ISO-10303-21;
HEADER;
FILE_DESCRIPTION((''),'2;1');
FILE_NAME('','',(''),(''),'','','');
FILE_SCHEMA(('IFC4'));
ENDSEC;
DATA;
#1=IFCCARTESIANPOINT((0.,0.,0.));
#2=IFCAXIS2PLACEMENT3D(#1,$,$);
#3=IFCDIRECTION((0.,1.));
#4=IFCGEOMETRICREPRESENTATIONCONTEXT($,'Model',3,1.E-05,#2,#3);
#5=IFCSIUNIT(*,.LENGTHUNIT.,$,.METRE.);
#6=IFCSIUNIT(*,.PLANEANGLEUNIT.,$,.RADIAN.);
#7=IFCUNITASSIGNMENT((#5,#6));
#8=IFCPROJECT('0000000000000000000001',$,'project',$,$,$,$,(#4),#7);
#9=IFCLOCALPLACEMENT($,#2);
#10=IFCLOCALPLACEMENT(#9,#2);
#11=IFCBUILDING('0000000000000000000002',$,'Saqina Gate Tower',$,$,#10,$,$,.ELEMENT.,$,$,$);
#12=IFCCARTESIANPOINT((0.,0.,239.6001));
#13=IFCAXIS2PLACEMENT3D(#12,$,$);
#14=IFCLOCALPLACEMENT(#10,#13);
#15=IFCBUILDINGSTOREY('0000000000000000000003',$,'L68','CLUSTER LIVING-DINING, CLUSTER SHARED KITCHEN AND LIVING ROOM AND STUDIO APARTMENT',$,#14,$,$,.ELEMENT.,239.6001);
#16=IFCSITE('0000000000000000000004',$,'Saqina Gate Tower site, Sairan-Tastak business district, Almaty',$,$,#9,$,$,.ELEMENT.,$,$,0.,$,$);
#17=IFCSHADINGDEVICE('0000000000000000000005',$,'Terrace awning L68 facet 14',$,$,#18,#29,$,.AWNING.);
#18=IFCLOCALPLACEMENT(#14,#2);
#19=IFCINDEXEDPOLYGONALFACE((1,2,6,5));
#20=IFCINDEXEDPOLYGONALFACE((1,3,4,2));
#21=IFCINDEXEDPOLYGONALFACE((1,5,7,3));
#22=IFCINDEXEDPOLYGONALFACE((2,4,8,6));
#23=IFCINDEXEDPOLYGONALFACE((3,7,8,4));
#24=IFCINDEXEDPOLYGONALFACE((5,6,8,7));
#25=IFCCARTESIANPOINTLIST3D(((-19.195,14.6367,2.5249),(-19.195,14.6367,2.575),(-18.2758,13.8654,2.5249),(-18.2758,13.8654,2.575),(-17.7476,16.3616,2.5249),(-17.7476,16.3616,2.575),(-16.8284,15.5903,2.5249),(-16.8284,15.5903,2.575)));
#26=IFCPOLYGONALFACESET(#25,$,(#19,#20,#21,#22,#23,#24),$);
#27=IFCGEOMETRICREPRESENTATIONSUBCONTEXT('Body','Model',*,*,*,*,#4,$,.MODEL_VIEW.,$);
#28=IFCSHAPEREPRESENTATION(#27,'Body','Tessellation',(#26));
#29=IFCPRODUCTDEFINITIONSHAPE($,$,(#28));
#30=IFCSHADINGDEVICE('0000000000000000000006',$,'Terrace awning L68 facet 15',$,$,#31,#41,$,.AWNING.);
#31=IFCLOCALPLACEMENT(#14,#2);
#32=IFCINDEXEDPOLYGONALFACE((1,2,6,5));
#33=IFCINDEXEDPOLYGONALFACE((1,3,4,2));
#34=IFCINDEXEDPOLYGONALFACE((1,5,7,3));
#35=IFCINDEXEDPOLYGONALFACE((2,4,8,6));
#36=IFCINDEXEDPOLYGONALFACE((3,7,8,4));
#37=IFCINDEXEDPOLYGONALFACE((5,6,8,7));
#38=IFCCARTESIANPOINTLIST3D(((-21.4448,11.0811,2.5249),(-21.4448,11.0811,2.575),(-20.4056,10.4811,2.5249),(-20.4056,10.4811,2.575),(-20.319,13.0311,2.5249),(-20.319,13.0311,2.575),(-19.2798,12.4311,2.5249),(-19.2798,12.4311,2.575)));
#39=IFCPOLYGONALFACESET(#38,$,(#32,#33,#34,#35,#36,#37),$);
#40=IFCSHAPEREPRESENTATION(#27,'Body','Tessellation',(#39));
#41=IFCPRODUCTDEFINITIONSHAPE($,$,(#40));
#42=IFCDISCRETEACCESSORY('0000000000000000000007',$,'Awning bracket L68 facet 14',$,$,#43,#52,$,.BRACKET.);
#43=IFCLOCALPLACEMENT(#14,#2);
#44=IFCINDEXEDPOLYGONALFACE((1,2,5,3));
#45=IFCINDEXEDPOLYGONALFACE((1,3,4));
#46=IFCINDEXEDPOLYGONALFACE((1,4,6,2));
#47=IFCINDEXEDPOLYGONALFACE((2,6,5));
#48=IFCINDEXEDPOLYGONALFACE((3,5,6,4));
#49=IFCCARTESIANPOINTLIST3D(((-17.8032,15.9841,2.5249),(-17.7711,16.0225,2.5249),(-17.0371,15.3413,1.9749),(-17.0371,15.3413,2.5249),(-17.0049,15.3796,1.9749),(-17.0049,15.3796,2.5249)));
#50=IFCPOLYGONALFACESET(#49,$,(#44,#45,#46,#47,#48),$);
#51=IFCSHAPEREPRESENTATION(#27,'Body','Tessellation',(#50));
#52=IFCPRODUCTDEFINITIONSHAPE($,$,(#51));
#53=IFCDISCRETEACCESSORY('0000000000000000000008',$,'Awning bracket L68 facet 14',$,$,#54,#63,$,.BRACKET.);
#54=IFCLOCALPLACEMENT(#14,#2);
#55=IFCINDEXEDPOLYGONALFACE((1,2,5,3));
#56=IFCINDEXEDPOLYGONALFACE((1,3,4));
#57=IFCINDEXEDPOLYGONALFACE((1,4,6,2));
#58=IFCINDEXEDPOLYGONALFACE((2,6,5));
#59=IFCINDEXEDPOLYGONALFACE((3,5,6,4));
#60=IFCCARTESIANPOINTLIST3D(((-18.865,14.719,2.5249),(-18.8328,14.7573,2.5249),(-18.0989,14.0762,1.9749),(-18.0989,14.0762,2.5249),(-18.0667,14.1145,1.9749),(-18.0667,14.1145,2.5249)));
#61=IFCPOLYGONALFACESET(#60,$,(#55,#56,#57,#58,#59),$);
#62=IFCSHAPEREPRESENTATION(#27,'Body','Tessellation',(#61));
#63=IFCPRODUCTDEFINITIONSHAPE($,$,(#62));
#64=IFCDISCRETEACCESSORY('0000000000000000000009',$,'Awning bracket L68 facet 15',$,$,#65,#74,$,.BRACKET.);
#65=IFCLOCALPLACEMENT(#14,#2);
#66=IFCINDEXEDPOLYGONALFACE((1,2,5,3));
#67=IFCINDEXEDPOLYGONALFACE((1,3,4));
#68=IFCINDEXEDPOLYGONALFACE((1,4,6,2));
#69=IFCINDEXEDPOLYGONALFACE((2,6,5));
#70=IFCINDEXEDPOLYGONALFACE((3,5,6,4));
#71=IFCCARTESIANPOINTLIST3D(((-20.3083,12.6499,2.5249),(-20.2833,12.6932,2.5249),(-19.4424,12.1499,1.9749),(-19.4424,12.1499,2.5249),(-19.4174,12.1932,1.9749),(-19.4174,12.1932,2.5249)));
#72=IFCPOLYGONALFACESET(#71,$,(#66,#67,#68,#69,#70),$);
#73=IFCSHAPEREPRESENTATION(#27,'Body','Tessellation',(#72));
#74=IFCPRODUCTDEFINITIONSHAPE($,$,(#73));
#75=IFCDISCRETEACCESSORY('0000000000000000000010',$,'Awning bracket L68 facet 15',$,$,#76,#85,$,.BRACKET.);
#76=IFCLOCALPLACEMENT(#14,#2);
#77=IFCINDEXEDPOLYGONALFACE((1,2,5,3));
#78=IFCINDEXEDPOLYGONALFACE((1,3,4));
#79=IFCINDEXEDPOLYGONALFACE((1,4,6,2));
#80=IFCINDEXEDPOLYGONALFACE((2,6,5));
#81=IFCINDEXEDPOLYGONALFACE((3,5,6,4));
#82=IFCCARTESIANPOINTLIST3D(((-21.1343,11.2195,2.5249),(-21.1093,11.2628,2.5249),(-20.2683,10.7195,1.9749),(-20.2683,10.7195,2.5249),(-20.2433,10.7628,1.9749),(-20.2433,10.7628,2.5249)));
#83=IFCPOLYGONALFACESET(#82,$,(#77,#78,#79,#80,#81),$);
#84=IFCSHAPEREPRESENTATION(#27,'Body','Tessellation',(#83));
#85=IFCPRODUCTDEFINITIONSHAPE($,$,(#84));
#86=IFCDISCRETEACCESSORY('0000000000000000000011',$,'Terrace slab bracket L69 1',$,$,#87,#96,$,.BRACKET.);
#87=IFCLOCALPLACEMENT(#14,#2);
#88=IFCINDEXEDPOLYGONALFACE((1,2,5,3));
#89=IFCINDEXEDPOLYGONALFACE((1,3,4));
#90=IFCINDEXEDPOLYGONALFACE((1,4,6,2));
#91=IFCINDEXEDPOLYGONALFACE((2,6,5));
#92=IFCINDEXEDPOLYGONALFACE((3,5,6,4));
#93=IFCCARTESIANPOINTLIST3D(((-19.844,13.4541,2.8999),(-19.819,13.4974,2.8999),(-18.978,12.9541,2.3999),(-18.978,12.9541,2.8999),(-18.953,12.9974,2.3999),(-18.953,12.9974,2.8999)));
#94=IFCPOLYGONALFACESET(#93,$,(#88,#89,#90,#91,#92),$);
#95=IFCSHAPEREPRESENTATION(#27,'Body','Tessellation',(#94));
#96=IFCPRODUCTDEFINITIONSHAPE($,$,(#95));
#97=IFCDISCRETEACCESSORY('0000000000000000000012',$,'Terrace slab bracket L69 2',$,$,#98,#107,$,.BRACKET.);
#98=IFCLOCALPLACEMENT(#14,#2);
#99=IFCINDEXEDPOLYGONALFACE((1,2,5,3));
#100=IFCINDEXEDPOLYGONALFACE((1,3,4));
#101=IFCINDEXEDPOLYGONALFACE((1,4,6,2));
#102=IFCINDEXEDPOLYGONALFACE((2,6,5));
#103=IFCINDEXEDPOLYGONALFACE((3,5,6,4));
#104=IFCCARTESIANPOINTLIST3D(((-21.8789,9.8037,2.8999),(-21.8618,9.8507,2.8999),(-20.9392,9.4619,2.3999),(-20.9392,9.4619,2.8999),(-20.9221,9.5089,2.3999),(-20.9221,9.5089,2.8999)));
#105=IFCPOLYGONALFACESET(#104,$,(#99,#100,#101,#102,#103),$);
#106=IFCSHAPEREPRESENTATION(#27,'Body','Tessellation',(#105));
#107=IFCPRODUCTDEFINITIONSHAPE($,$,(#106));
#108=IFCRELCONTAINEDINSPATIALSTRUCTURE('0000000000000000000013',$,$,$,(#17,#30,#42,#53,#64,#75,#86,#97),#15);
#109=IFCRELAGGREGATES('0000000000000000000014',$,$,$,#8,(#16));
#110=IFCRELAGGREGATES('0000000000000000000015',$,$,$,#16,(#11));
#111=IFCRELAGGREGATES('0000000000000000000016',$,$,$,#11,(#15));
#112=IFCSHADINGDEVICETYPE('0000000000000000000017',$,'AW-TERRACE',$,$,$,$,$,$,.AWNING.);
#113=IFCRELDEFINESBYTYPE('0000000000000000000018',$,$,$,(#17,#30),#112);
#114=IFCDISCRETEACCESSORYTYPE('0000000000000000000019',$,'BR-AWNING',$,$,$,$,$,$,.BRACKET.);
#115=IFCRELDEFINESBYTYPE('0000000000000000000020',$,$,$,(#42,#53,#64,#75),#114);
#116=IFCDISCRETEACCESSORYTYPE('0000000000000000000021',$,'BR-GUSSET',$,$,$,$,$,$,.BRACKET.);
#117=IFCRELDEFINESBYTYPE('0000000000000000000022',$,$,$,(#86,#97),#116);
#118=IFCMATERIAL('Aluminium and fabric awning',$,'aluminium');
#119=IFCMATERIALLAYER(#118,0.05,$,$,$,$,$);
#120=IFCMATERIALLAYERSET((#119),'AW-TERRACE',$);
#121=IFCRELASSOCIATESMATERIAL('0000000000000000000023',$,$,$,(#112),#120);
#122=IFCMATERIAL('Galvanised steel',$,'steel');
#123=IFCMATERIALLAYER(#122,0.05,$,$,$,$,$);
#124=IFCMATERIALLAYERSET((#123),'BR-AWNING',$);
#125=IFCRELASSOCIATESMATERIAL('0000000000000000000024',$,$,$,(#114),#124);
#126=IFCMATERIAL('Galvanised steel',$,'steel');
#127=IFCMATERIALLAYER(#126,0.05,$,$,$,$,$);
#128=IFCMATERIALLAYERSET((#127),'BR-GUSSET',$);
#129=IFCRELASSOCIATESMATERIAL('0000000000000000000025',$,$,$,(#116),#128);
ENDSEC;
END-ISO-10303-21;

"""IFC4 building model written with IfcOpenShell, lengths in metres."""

from ifc_helpers import new_model, si_unit, direction, frame, origin, origin_2d, place, context, subcontext, project, spatial, polyline, rectangle, outline, extrude, material, layer, layer_set, type_object, element, save


model = new_model("IFC4")

# Units and contexts
model_context = context("Model", 3, precision=1e-05, world=origin(), true_north=direction((0.0, 1.0)))
body_context = subcontext(model_context, "Body", "Model", "MODEL_VIEW")
ifc_project = project(units=[si_unit("LENGTHUNIT", "METRE"), si_unit("PLANEANGLEUNIT", "RADIAN")], contexts=[model_context])

# Site, building, storey
site_placement = place(None, origin())
site = spatial("IfcSite", under=ifc_project, at=site_placement, Name="Saqina Gate Tower site, Sairan-Tastak business district, Almaty", CompositionType="ELEMENT", RefElevation=0.0)
building_placement = place(site_placement, origin())
building = spatial("IfcBuilding", under=site, at=building_placement, Name="Saqina Gate Tower", CompositionType="ELEMENT")
storey_placement = place(building_placement, frame((0.0, 0.0, 239.6001)))
storey = spatial("IfcBuildingStorey", under=building, at=storey_placement, Name="L68", Description="CLUSTER LIVING-DINING, CLUSTER SHARED KITCHEN AND LIVING ROOM AND STUDIO APARTMENT", CompositionType="ELEMENT", Elevation=239.6001)

# Shading devices
ifc_material_1 = material(Name="Aluminium and fabric awning", Category="aluminium")
ifc_layer_1 = layer(ifc_material_1, 0.05)
ifc_layer_set_1 = layer_set([ifc_layer_1], Name="AW-TERRACE")
shading_device_type = type_object("IfcShadingDeviceType", Name="AW-TERRACE", PredefinedType="AWNING", material=ifc_layer_set_1)
for number, where, z_axis, x_axis, name in (
    (1, (-18.0117, 15.1135, 2.5249), (0.0, 0.0, 1.0), (-0.642788, -0.766044, 0.0), "Terrace awning L68 facet 14"),
    (2, (-20.3623, 11.7561, 2.5249), (0.0, 0.0, 1.0), (-0.5, -0.866025, 0.0), "Terrace awning L68 facet 15"),
):
    element("IfcShadingDevice", number, at=place(storey_placement, frame(where, z_axis=z_axis, x_axis=x_axis)), inside=storey, type_object=shading_device_type, Name=name, PredefinedType="AWNING", context=body_context, shape_type="SweptSolid", body=[
        extrude(rectangle(XDim=2.2517, YDim=1.2, at=origin_2d()), origin(), (0.0, 0.0, 1.0), 0.05),
    ])

# Discrete accessories
ifc_material_2 = material(Name="Galvanised steel", Category="steel")
ifc_layer_2 = layer(ifc_material_2, 0.05)
ifc_layer_set_2 = layer_set([ifc_layer_2], Name="BR-AWNING")
discrete_accessory_type_1 = type_object("IfcDiscreteAccessoryType", Name="BR-AWNING", PredefinedType="BRACKET", material=ifc_layer_set_2)
for number, where, z_axis, x_axis, name in (
    (3, (-17.0371, 15.3413, 1.9749), (-0.642774, -0.766056, 0.0), (0.0, 0.0, 1.0), "Awning bracket L68 facet 14"),
    (4, (-18.0989, 14.0762, 1.9749), (-0.642774, -0.766056, 0.0), (0.0, 0.0, 1.0), "Awning bracket L68 facet 14"),
):
    element("IfcDiscreteAccessory", number, at=place(storey_placement, frame(where, z_axis=z_axis, x_axis=x_axis)), inside=storey, type_object=discrete_accessory_type_1, Name=name, PredefinedType="BRACKET", context=body_context, shape_type="SweptSolid", body=[
        extrude(outline(polyline([(0.0, 0.0), (0.55, 0.0), (0.55, 1.0001), (0.0, 0.0)])), origin(), (0.0, 0.0, -1.0), 0.05),
    ])
for number, where, z_axis, x_axis, name in (
    (5, (-19.4424, 12.1499, 1.9749), (-0.500025, -0.866011, 0.0), (0.0, 0.0, 1.0), "Awning bracket L68 facet 15"),
    (6, (-20.2683, 10.7195, 1.9749), (-0.500025, -0.866011, 0.0), (0.0, 0.0, 1.0), "Awning bracket L68 facet 15"),
):
    element("IfcDiscreteAccessory", number, at=place(storey_placement, frame(where, z_axis=z_axis, x_axis=x_axis)), inside=storey, type_object=discrete_accessory_type_1, Name=name, PredefinedType="BRACKET", context=body_context, shape_type="SweptSolid", body=[
        extrude(outline(polyline([(0.0, 0.0), (0.55, 0.0), (0.55, 0.9999), (0.0, 0.0)])), origin(), (0.0, 0.0, -1.0), 0.05),
    ])
ifc_material_3 = material(Name="Galvanised steel", Category="steel")
ifc_layer_3 = layer(ifc_material_3, 0.05)
ifc_layer_set_3 = layer_set([ifc_layer_3], Name="BR-GUSSET")
discrete_accessory_type_2 = type_object("IfcDiscreteAccessoryType", Name="BR-GUSSET", PredefinedType="BRACKET", material=ifc_layer_set_3)
discrete_accessory_1_placement = place(storey_placement, frame((-18.978, 12.9541, 2.3999), z_axis=(-0.500025, -0.866011, 0.0), x_axis=(0.0, 0.0, 1.0)))
element("IfcDiscreteAccessory", 7, at=discrete_accessory_1_placement, inside=storey, type_object=discrete_accessory_type_2, Name="Terrace slab bracket L69 1", PredefinedType="BRACKET", context=body_context, shape_type="SweptSolid", body=[
    extrude(outline(polyline([(0.0, 0.0), (0.5, 0.0), (0.5, 0.9999), (0.0, 0.0)])), origin(), (0.0, 0.0, -1.0), 0.05),
])
discrete_accessory_2_placement = place(storey_placement, frame((-20.9392, 9.4619, 2.3999), z_axis=(-0.341821, -0.939765, 0.0), x_axis=(0.0, 0.0, 1.0)))
element("IfcDiscreteAccessory", 8, at=discrete_accessory_2_placement, inside=storey, type_object=discrete_accessory_type_2, Name="Terrace slab bracket L69 2", PredefinedType="BRACKET", context=body_context, shape_type="SweptSolid", body=[
    extrude(outline(polyline([(0.0, 0.0), (0.5, 0.0), (0.5, 0.9999), (0.0, 0.0)])), origin(), (0.0, 0.0, -1.0), 0.05),
])

save(model, "model.ifc")
